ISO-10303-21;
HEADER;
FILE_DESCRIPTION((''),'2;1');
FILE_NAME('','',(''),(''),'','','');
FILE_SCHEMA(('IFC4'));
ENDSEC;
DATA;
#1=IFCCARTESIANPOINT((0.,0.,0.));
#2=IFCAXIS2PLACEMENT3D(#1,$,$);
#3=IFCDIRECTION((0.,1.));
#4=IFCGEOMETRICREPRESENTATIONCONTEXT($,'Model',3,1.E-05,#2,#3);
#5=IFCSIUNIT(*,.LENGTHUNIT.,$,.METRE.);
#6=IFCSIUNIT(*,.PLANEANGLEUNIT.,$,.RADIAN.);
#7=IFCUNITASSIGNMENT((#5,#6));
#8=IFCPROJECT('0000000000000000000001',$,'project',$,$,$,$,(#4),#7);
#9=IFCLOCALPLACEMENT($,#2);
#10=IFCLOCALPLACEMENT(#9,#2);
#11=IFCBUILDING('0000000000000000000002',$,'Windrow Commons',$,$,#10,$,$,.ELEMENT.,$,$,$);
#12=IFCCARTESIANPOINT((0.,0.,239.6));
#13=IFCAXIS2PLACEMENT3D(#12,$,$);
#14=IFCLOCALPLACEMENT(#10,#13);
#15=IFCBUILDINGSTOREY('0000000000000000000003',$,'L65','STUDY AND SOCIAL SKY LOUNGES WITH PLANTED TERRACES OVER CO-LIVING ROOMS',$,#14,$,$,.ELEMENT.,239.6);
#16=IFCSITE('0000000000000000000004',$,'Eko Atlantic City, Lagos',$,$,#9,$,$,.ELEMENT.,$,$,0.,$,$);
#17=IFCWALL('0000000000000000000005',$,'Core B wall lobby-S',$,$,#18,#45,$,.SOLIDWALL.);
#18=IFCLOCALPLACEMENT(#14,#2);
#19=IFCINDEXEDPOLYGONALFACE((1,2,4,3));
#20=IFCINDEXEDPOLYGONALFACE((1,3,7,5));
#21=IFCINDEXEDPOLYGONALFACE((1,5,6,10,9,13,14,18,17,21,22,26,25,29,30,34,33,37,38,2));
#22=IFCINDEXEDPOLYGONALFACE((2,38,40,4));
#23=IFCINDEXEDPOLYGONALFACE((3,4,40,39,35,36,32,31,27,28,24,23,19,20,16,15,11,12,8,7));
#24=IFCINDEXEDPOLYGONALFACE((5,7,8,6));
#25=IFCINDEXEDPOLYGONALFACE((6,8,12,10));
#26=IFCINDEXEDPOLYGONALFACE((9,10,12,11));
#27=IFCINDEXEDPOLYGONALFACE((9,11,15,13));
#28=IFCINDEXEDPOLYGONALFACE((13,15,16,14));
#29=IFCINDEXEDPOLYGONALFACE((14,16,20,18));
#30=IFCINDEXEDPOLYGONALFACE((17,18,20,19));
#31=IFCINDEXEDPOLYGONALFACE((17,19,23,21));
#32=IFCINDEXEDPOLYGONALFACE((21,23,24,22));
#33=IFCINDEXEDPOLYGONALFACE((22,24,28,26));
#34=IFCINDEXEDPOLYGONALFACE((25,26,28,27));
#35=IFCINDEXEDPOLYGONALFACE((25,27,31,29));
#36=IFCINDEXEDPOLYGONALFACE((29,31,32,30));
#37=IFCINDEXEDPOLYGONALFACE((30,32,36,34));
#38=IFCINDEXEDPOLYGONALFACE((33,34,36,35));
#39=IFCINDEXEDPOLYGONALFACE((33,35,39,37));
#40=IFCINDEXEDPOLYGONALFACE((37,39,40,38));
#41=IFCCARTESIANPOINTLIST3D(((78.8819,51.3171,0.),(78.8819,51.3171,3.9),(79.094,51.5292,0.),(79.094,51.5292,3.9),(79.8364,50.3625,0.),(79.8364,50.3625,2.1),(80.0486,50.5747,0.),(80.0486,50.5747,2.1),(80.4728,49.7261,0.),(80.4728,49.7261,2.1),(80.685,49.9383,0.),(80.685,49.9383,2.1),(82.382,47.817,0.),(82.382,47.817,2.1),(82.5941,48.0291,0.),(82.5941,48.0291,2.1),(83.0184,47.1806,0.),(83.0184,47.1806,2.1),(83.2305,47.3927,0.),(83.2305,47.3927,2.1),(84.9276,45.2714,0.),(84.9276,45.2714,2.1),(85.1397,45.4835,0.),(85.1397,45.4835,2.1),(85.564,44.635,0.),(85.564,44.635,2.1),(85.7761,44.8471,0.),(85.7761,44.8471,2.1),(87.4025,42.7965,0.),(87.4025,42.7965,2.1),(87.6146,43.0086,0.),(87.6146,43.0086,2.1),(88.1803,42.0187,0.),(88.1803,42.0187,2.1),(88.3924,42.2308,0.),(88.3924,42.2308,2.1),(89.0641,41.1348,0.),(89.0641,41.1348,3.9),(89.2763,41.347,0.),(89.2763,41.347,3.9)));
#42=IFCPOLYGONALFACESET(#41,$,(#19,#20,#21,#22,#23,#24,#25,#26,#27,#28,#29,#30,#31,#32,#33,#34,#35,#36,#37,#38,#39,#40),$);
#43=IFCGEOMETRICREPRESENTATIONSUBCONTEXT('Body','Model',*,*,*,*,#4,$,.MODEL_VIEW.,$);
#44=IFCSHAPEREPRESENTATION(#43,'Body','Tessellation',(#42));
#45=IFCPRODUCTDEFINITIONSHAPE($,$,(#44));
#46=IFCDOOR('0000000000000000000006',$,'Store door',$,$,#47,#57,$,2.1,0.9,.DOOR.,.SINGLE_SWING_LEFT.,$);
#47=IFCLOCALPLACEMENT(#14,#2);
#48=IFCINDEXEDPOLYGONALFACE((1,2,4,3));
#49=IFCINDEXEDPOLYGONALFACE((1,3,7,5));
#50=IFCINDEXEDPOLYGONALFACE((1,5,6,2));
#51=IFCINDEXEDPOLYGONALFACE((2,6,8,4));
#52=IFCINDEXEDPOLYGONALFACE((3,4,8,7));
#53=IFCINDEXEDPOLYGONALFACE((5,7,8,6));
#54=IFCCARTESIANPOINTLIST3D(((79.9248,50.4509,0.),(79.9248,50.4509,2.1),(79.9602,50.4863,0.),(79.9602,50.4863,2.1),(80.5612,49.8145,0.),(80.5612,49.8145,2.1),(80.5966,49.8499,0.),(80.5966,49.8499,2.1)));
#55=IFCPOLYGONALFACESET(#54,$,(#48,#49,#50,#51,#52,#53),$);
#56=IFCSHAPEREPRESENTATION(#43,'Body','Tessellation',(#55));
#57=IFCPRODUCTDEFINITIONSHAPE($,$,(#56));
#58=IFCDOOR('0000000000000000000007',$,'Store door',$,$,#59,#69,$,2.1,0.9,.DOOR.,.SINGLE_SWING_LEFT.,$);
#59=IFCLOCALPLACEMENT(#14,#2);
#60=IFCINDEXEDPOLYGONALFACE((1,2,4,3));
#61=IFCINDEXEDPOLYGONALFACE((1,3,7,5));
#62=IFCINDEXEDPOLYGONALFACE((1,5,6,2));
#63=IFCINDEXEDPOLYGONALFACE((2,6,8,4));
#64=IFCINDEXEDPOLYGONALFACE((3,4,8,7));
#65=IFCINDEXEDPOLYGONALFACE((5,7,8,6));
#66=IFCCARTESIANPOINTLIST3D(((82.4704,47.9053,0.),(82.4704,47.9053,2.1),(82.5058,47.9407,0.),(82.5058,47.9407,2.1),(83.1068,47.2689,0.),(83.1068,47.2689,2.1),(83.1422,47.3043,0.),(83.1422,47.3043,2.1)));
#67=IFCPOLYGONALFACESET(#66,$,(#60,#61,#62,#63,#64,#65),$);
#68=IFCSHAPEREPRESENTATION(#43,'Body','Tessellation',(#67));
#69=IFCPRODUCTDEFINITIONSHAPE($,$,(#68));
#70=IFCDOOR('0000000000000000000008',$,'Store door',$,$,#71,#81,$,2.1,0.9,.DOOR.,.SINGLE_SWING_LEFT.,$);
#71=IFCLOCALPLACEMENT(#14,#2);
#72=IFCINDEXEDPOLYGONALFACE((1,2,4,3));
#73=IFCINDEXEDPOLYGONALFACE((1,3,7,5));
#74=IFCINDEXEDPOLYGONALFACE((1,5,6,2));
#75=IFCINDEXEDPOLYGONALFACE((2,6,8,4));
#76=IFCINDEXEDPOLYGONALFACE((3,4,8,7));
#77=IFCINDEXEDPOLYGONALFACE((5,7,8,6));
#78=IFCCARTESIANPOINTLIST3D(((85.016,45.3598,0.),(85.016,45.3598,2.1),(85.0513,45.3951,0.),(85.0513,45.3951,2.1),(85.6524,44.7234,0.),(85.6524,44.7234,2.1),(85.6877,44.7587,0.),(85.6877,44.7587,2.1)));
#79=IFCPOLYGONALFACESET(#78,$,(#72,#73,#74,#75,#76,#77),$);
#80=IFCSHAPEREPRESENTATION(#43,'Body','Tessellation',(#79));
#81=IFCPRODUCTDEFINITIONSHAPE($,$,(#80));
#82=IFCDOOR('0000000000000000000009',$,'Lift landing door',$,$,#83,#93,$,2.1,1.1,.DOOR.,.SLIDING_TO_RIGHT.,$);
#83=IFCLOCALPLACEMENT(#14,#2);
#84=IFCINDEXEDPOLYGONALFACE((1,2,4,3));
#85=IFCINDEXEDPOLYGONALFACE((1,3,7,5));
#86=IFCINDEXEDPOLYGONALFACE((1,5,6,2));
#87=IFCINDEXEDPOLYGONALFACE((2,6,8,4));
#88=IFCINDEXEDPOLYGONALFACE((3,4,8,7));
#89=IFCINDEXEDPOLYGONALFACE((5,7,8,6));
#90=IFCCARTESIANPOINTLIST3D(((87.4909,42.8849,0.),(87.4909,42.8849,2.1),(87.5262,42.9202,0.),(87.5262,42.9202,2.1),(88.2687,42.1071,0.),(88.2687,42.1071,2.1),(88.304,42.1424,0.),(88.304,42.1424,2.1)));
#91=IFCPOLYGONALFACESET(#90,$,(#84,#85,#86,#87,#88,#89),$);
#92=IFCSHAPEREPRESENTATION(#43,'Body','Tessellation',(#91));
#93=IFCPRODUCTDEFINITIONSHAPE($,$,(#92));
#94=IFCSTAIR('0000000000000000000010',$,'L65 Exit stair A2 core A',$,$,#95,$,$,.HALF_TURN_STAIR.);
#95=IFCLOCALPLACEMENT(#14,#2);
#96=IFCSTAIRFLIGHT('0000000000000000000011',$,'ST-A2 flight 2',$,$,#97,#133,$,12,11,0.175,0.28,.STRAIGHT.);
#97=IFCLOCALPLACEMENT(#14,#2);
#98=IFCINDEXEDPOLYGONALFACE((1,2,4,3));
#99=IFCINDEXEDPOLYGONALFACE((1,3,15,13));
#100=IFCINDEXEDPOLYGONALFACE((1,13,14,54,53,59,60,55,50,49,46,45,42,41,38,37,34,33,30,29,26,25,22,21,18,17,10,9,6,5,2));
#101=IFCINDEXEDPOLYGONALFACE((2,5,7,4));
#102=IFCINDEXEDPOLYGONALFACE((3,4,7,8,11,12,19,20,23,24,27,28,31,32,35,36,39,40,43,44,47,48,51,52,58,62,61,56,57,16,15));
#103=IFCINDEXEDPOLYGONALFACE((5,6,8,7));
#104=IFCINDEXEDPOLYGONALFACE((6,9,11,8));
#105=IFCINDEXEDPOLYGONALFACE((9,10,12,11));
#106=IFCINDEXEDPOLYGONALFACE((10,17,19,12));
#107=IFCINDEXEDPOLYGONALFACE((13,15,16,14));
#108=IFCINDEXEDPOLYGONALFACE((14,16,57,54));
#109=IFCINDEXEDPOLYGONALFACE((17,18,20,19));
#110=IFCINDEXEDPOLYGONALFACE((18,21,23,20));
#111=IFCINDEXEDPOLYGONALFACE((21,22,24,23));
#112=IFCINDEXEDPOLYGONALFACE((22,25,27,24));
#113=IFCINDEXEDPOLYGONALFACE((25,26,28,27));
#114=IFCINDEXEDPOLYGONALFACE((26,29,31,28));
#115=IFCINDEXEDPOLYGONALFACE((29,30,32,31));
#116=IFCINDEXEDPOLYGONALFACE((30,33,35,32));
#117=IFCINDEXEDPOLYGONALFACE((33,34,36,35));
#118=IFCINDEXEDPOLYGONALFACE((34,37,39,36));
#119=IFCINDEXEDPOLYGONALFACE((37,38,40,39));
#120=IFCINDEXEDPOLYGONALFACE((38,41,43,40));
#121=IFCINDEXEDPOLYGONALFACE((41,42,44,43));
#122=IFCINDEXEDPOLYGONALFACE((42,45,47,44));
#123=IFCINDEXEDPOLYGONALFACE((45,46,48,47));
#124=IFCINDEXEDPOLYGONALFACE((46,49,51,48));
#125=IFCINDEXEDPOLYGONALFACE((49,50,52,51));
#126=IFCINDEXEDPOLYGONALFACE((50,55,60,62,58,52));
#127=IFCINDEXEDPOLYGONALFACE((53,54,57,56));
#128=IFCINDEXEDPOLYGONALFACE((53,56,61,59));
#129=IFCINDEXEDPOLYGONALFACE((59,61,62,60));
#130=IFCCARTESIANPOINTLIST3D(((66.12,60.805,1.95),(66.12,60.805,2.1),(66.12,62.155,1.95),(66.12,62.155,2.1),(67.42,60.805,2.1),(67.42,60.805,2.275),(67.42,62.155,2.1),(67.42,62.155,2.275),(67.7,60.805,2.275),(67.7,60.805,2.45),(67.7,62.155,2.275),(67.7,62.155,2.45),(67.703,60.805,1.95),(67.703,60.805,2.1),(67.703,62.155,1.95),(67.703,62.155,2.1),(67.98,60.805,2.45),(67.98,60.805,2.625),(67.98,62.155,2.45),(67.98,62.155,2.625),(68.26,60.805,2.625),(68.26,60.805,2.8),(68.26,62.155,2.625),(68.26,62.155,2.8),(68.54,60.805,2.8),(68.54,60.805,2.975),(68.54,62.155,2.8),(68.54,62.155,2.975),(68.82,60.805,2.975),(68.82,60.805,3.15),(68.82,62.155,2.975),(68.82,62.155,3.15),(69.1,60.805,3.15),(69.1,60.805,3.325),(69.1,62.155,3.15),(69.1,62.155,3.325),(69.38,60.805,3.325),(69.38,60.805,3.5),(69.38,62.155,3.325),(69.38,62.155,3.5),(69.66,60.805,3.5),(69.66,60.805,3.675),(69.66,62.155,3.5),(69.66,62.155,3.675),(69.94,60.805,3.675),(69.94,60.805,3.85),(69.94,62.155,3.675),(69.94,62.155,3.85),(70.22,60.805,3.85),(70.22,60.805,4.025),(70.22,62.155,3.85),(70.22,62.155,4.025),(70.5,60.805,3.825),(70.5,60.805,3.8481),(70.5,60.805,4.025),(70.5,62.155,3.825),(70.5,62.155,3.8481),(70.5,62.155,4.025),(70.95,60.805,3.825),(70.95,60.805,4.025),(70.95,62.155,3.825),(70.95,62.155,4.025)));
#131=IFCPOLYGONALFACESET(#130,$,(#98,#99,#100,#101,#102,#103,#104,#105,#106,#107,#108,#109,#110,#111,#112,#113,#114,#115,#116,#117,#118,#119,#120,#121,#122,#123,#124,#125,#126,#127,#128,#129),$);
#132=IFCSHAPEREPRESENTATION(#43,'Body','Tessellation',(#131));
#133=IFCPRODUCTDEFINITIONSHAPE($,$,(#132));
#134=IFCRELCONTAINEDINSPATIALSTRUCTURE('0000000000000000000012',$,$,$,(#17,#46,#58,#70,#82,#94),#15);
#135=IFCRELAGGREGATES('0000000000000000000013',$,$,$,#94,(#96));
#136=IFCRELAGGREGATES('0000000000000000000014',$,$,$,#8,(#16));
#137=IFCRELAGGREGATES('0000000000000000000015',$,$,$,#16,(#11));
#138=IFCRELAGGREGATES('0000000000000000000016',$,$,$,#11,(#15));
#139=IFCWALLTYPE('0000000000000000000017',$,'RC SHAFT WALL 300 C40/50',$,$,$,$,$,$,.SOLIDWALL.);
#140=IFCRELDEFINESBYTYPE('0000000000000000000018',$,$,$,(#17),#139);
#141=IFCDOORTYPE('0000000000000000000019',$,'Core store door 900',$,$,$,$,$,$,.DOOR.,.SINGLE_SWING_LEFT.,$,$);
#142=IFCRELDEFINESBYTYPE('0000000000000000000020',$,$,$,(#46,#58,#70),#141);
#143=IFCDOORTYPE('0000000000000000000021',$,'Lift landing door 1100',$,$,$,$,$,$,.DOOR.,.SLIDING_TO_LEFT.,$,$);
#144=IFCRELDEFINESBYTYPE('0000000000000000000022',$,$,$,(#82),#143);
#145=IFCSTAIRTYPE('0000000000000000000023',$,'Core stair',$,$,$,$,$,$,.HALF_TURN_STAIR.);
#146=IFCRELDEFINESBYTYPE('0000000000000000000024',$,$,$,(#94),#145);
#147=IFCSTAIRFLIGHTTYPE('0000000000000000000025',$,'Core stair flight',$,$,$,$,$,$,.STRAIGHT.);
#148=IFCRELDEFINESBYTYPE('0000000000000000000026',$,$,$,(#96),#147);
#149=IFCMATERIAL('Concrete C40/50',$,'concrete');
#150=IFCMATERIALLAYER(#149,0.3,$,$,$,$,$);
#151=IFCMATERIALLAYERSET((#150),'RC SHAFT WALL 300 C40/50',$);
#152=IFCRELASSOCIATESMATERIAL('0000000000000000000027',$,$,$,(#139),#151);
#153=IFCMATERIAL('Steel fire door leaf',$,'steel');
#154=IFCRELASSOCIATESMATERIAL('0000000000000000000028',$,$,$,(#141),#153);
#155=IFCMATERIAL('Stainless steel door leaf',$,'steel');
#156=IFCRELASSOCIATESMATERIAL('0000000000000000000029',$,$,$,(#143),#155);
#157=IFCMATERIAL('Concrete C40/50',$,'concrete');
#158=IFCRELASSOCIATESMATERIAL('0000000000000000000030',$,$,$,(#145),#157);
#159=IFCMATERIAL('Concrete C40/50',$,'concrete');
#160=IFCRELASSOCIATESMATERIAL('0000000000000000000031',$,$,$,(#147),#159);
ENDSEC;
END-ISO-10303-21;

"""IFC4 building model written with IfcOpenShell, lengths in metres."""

from ifc_helpers import new_model, si_unit, direction, frame, frame_2d, origin, place, context, subcontext, project, spatial, polyline, rectangle, outline, extrude, material, layer, layer_set, type_object, element, fill, aggregate, save


model = new_model("IFC4")

# Units and contexts
model_context = context("Model", 3, precision=1e-05, world=origin(), true_north=direction((0.0, 1.0)))
body_context = subcontext(model_context, "Body", "Model", "MODEL_VIEW")
ifc_project = project(units=[si_unit("LENGTHUNIT", "METRE"), si_unit("PLANEANGLEUNIT", "RADIAN")], contexts=[model_context])

# Site, building, storey
site_placement = place(None, origin())
site = spatial("IfcSite", under=ifc_project, at=site_placement, Name="Eko Atlantic City, Lagos", CompositionType="ELEMENT", RefElevation=0.0)
building_placement = place(site_placement, origin())
building = spatial("IfcBuilding", under=site, at=building_placement, Name="Windrow Commons", CompositionType="ELEMENT")
storey_placement = place(building_placement, frame((0.0, 0.0, 239.6)))
storey = spatial("IfcBuildingStorey", under=building, at=storey_placement, Name="L65", Description="STUDY AND SOCIAL SKY LOUNGES WITH PLANTED TERRACES OVER CO-LIVING ROOMS", CompositionType="ELEMENT", Elevation=239.6)

# Shared definitions
ifc_material_1 = material(Name="Concrete C40/50", Category="concrete")
ifc_layer_1 = layer(ifc_material_1, 0.3)
ifc_layer_set_1 = layer_set([ifc_layer_1], Name="RC SHAFT WALL 300 C40/50")
wall_type_1 = type_object("IfcWallType", Name="RC SHAFT WALL 300 C40/50", PredefinedType="SOLIDWALL", material=ifc_layer_set_1)

# Wall, openings, doors
wall_1_placement = place(storey_placement, frame((78.9879, 51.4232, 0.0), z_axis=(0.0, 0.0, 1.0), x_axis=(0.707107, -0.707107, 0.0)))
wall_1 = element("IfcWall", 1, at=wall_1_placement, inside=storey, type_object=wall_type_1, Name="Core B wall lobby-S", PredefinedType="SOLIDWALL", context=body_context, shape_type="SweptSolid", body=[
    extrude(rectangle(XDim=14.3999, YDim=0.3, at=frame_2d((7.2, 0.0))), origin(), (0.0, 0.0, 1.0), 3.9),
])
opening_1_placement = place(wall_1_placement, frame((1.35, 0.0, 0.0)))
opening_1 = element("IfcOpeningElement", 2, at=opening_1_placement, cuts=wall_1, PredefinedType="OPENING", context=body_context, shape_type="SweptSolid", body=[
    extrude(rectangle(XDim=0.9, YDim=2.1, at=frame_2d((0.45, 1.05))), frame((0.0, 0.16, 0.0), z_axis=(0.0, -1.0, 0.0), x_axis=(1.0, 0.0, 0.0)), (0.0, 0.0, 1.0), 0.32),
])
opening_2_placement = place(wall_1_placement, frame((4.95, 0.0, 0.0)))
opening_2 = element("IfcOpeningElement", 3, at=opening_2_placement, cuts=wall_1, PredefinedType="OPENING", context=body_context, shape_type="SweptSolid", body=[
    extrude(rectangle(XDim=0.9, YDim=2.1, at=frame_2d((0.45, 1.05))), frame((0.0, 0.16, 0.0), z_axis=(0.0, -1.0, 0.0), x_axis=(1.0, 0.0, 0.0)), (0.0, 0.0, 1.0), 0.32),
])
opening_3_placement = place(wall_1_placement, frame((8.55, 0.0, 0.0)))
opening_3 = element("IfcOpeningElement", 4, at=opening_3_placement, cuts=wall_1, PredefinedType="OPENING", context=body_context, shape_type="SweptSolid", body=[
    extrude(rectangle(XDim=0.9, YDim=2.1, at=frame_2d((0.45, 1.05))), frame((0.0, 0.16, 0.0), z_axis=(0.0, -1.0, 0.0), x_axis=(1.0, 0.0, 0.0)), (0.0, 0.0, 1.0), 0.32),
])
opening_4_placement = place(wall_1_placement, frame((12.05, 0.0, 0.0)))
opening_4 = element("IfcOpeningElement", 5, at=opening_4_placement, cuts=wall_1, PredefinedType="OPENING", context=body_context, shape_type="SweptSolid", body=[
    extrude(rectangle(XDim=1.1, YDim=2.1, at=frame_2d((0.55, 1.05))), frame((0.0, 0.16, 0.0), z_axis=(0.0, -1.0, 0.0), x_axis=(1.0, 0.0, 0.0)), (0.0, 0.0, 1.0), 0.32),
])
ifc_material_2 = material(Name="Steel fire door leaf", Category="steel")
door_type_1 = type_object("IfcDoorType", Name="Core store door 900", OperationType="SINGLE_SWING_LEFT", PredefinedType="DOOR", material=ifc_material_2)
door_1_placement = place(opening_1_placement, origin())
door_1 = element("IfcDoor", 6, at=door_1_placement, inside=storey, type_object=door_type_1, Name="Store door", OperationType="SINGLE_SWING_LEFT", OverallHeight=2.1, OverallWidth=0.9, PredefinedType="DOOR", context=body_context, shape_type="SweptSolid", body=[
    extrude(rectangle(XDim=0.9, YDim=2.1, at=frame_2d((0.45, 1.05))), frame((0.0, 0.025, 0.0), z_axis=(0.0, -1.0, 0.0), x_axis=(1.0, 0.0, 0.0)), (0.0, 0.0, 1.0), 0.05),
])
fill(opening_1, door_1)
door_2_placement = place(opening_2_placement, origin())
door_2 = element("IfcDoor", 7, at=door_2_placement, inside=storey, type_object=door_type_1, Name="Store door", OperationType="SINGLE_SWING_LEFT", OverallHeight=2.1, OverallWidth=0.9, PredefinedType="DOOR", context=body_context, shape_type="SweptSolid", body=[
    extrude(rectangle(XDim=0.9, YDim=2.1, at=frame_2d((0.45, 1.05))), frame((0.0, 0.025, 0.0), z_axis=(0.0, -1.0, 0.0), x_axis=(1.0, 0.0, 0.0)), (0.0, 0.0, 1.0), 0.05),
])
fill(opening_2, door_2)
door_3_placement = place(opening_3_placement, origin())
door_3 = element("IfcDoor", 8, at=door_3_placement, inside=storey, type_object=door_type_1, Name="Store door", OperationType="SINGLE_SWING_LEFT", OverallHeight=2.1, OverallWidth=0.9, PredefinedType="DOOR", context=body_context, shape_type="SweptSolid", body=[
    extrude(rectangle(XDim=0.9, YDim=2.1, at=frame_2d((0.45, 1.05))), frame((0.0, 0.025, 0.0), z_axis=(0.0, -1.0, 0.0), x_axis=(1.0, 0.0, 0.0)), (0.0, 0.0, 1.0), 0.05),
])
fill(opening_3, door_3)
ifc_material_3 = material(Name="Stainless steel door leaf", Category="steel")
door_type_2 = type_object("IfcDoorType", Name="Lift landing door 1100", OperationType="SLIDING_TO_LEFT", PredefinedType="DOOR", material=ifc_material_3)
door_4_placement = place(opening_4_placement, origin())
door_4 = element("IfcDoor", 9, at=door_4_placement, inside=storey, type_object=door_type_2, Name="Lift landing door", OperationType="SLIDING_TO_RIGHT", OverallHeight=2.1, OverallWidth=1.1, PredefinedType="DOOR", context=body_context, shape_type="SweptSolid", body=[
    extrude(rectangle(XDim=1.1, YDim=2.1, at=frame_2d((0.55, 1.05))), frame((0.0, 0.025, 0.0), z_axis=(0.0, -1.0, 0.0), x_axis=(1.0, 0.0, 0.0)), (0.0, 0.0, 1.0), 0.05),
])
fill(opening_4, door_4)

# Stair, stair flight
ifc_material_4 = material(Name="Concrete C40/50", Category="concrete")
stair_type = type_object("IfcStairType", Name="Core stair", PredefinedType="HALF_TURN_STAIR", material=ifc_material_4)
stair_placement = place(storey_placement, origin())
stair = element("IfcStair", 10, at=stair_placement, inside=storey, type_object=stair_type, Name="L65 Exit stair A2 core A", PredefinedType="HALF_TURN_STAIR")
ifc_material_5 = material(Name="Concrete C40/50", Category="concrete")
stair_flight_type = type_object("IfcStairFlightType", Name="Core stair flight", PredefinedType="STRAIGHT", material=ifc_material_5)
stair_flight_placement = place(storey_placement, frame((67.42, 61.48, 2.1), z_axis=(0.0, 0.0, 1.0), x_axis=(1.0, 0.0, 0.0)))
stair_flight = element("IfcStairFlight", 11, at=stair_flight_placement, type_object=stair_flight_type, Name="ST-A2 flight 2", NumberOfRisers=12, NumberOfTreads=11, PredefinedType="STRAIGHT", RiserHeight=0.175, TreadLength=0.28, context=body_context, shape_type="SweptSolid", body=[
    extrude(outline(polyline([(-1.3, -0.15), (-1.3, 0.0), (0.0, 0.0), (0.0, 0.175), (0.28, 0.175), (0.28, 0.35), (0.56, 0.35), (0.56, 0.525), (0.84, 0.525), (0.84, 0.7), (1.12, 0.7), (1.12, 0.875), (1.4, 0.875), (1.4, 1.05), (1.68, 1.05), (1.68, 1.225), (1.96, 1.225), (1.96, 1.4), (2.24, 1.4), (2.24, 1.575), (2.52, 1.575), (2.52, 1.75), (2.8, 1.75), (2.8, 1.925), (3.08, 1.925), (3.53, 1.925), (3.53, 1.725), (3.08, 1.725), (3.08, 1.7481), (0.283, 0.0), (0.283, -0.15), (-1.3, -0.15)])), frame((0.0, 0.675, 0.0), z_axis=(0.0, -1.0, 0.0), x_axis=(1.0, 0.0, 0.0)), (0.0, 0.0, 1.0), 1.35),
])
aggregate(stair, [stair_flight])

save(model, "model.ifc")
